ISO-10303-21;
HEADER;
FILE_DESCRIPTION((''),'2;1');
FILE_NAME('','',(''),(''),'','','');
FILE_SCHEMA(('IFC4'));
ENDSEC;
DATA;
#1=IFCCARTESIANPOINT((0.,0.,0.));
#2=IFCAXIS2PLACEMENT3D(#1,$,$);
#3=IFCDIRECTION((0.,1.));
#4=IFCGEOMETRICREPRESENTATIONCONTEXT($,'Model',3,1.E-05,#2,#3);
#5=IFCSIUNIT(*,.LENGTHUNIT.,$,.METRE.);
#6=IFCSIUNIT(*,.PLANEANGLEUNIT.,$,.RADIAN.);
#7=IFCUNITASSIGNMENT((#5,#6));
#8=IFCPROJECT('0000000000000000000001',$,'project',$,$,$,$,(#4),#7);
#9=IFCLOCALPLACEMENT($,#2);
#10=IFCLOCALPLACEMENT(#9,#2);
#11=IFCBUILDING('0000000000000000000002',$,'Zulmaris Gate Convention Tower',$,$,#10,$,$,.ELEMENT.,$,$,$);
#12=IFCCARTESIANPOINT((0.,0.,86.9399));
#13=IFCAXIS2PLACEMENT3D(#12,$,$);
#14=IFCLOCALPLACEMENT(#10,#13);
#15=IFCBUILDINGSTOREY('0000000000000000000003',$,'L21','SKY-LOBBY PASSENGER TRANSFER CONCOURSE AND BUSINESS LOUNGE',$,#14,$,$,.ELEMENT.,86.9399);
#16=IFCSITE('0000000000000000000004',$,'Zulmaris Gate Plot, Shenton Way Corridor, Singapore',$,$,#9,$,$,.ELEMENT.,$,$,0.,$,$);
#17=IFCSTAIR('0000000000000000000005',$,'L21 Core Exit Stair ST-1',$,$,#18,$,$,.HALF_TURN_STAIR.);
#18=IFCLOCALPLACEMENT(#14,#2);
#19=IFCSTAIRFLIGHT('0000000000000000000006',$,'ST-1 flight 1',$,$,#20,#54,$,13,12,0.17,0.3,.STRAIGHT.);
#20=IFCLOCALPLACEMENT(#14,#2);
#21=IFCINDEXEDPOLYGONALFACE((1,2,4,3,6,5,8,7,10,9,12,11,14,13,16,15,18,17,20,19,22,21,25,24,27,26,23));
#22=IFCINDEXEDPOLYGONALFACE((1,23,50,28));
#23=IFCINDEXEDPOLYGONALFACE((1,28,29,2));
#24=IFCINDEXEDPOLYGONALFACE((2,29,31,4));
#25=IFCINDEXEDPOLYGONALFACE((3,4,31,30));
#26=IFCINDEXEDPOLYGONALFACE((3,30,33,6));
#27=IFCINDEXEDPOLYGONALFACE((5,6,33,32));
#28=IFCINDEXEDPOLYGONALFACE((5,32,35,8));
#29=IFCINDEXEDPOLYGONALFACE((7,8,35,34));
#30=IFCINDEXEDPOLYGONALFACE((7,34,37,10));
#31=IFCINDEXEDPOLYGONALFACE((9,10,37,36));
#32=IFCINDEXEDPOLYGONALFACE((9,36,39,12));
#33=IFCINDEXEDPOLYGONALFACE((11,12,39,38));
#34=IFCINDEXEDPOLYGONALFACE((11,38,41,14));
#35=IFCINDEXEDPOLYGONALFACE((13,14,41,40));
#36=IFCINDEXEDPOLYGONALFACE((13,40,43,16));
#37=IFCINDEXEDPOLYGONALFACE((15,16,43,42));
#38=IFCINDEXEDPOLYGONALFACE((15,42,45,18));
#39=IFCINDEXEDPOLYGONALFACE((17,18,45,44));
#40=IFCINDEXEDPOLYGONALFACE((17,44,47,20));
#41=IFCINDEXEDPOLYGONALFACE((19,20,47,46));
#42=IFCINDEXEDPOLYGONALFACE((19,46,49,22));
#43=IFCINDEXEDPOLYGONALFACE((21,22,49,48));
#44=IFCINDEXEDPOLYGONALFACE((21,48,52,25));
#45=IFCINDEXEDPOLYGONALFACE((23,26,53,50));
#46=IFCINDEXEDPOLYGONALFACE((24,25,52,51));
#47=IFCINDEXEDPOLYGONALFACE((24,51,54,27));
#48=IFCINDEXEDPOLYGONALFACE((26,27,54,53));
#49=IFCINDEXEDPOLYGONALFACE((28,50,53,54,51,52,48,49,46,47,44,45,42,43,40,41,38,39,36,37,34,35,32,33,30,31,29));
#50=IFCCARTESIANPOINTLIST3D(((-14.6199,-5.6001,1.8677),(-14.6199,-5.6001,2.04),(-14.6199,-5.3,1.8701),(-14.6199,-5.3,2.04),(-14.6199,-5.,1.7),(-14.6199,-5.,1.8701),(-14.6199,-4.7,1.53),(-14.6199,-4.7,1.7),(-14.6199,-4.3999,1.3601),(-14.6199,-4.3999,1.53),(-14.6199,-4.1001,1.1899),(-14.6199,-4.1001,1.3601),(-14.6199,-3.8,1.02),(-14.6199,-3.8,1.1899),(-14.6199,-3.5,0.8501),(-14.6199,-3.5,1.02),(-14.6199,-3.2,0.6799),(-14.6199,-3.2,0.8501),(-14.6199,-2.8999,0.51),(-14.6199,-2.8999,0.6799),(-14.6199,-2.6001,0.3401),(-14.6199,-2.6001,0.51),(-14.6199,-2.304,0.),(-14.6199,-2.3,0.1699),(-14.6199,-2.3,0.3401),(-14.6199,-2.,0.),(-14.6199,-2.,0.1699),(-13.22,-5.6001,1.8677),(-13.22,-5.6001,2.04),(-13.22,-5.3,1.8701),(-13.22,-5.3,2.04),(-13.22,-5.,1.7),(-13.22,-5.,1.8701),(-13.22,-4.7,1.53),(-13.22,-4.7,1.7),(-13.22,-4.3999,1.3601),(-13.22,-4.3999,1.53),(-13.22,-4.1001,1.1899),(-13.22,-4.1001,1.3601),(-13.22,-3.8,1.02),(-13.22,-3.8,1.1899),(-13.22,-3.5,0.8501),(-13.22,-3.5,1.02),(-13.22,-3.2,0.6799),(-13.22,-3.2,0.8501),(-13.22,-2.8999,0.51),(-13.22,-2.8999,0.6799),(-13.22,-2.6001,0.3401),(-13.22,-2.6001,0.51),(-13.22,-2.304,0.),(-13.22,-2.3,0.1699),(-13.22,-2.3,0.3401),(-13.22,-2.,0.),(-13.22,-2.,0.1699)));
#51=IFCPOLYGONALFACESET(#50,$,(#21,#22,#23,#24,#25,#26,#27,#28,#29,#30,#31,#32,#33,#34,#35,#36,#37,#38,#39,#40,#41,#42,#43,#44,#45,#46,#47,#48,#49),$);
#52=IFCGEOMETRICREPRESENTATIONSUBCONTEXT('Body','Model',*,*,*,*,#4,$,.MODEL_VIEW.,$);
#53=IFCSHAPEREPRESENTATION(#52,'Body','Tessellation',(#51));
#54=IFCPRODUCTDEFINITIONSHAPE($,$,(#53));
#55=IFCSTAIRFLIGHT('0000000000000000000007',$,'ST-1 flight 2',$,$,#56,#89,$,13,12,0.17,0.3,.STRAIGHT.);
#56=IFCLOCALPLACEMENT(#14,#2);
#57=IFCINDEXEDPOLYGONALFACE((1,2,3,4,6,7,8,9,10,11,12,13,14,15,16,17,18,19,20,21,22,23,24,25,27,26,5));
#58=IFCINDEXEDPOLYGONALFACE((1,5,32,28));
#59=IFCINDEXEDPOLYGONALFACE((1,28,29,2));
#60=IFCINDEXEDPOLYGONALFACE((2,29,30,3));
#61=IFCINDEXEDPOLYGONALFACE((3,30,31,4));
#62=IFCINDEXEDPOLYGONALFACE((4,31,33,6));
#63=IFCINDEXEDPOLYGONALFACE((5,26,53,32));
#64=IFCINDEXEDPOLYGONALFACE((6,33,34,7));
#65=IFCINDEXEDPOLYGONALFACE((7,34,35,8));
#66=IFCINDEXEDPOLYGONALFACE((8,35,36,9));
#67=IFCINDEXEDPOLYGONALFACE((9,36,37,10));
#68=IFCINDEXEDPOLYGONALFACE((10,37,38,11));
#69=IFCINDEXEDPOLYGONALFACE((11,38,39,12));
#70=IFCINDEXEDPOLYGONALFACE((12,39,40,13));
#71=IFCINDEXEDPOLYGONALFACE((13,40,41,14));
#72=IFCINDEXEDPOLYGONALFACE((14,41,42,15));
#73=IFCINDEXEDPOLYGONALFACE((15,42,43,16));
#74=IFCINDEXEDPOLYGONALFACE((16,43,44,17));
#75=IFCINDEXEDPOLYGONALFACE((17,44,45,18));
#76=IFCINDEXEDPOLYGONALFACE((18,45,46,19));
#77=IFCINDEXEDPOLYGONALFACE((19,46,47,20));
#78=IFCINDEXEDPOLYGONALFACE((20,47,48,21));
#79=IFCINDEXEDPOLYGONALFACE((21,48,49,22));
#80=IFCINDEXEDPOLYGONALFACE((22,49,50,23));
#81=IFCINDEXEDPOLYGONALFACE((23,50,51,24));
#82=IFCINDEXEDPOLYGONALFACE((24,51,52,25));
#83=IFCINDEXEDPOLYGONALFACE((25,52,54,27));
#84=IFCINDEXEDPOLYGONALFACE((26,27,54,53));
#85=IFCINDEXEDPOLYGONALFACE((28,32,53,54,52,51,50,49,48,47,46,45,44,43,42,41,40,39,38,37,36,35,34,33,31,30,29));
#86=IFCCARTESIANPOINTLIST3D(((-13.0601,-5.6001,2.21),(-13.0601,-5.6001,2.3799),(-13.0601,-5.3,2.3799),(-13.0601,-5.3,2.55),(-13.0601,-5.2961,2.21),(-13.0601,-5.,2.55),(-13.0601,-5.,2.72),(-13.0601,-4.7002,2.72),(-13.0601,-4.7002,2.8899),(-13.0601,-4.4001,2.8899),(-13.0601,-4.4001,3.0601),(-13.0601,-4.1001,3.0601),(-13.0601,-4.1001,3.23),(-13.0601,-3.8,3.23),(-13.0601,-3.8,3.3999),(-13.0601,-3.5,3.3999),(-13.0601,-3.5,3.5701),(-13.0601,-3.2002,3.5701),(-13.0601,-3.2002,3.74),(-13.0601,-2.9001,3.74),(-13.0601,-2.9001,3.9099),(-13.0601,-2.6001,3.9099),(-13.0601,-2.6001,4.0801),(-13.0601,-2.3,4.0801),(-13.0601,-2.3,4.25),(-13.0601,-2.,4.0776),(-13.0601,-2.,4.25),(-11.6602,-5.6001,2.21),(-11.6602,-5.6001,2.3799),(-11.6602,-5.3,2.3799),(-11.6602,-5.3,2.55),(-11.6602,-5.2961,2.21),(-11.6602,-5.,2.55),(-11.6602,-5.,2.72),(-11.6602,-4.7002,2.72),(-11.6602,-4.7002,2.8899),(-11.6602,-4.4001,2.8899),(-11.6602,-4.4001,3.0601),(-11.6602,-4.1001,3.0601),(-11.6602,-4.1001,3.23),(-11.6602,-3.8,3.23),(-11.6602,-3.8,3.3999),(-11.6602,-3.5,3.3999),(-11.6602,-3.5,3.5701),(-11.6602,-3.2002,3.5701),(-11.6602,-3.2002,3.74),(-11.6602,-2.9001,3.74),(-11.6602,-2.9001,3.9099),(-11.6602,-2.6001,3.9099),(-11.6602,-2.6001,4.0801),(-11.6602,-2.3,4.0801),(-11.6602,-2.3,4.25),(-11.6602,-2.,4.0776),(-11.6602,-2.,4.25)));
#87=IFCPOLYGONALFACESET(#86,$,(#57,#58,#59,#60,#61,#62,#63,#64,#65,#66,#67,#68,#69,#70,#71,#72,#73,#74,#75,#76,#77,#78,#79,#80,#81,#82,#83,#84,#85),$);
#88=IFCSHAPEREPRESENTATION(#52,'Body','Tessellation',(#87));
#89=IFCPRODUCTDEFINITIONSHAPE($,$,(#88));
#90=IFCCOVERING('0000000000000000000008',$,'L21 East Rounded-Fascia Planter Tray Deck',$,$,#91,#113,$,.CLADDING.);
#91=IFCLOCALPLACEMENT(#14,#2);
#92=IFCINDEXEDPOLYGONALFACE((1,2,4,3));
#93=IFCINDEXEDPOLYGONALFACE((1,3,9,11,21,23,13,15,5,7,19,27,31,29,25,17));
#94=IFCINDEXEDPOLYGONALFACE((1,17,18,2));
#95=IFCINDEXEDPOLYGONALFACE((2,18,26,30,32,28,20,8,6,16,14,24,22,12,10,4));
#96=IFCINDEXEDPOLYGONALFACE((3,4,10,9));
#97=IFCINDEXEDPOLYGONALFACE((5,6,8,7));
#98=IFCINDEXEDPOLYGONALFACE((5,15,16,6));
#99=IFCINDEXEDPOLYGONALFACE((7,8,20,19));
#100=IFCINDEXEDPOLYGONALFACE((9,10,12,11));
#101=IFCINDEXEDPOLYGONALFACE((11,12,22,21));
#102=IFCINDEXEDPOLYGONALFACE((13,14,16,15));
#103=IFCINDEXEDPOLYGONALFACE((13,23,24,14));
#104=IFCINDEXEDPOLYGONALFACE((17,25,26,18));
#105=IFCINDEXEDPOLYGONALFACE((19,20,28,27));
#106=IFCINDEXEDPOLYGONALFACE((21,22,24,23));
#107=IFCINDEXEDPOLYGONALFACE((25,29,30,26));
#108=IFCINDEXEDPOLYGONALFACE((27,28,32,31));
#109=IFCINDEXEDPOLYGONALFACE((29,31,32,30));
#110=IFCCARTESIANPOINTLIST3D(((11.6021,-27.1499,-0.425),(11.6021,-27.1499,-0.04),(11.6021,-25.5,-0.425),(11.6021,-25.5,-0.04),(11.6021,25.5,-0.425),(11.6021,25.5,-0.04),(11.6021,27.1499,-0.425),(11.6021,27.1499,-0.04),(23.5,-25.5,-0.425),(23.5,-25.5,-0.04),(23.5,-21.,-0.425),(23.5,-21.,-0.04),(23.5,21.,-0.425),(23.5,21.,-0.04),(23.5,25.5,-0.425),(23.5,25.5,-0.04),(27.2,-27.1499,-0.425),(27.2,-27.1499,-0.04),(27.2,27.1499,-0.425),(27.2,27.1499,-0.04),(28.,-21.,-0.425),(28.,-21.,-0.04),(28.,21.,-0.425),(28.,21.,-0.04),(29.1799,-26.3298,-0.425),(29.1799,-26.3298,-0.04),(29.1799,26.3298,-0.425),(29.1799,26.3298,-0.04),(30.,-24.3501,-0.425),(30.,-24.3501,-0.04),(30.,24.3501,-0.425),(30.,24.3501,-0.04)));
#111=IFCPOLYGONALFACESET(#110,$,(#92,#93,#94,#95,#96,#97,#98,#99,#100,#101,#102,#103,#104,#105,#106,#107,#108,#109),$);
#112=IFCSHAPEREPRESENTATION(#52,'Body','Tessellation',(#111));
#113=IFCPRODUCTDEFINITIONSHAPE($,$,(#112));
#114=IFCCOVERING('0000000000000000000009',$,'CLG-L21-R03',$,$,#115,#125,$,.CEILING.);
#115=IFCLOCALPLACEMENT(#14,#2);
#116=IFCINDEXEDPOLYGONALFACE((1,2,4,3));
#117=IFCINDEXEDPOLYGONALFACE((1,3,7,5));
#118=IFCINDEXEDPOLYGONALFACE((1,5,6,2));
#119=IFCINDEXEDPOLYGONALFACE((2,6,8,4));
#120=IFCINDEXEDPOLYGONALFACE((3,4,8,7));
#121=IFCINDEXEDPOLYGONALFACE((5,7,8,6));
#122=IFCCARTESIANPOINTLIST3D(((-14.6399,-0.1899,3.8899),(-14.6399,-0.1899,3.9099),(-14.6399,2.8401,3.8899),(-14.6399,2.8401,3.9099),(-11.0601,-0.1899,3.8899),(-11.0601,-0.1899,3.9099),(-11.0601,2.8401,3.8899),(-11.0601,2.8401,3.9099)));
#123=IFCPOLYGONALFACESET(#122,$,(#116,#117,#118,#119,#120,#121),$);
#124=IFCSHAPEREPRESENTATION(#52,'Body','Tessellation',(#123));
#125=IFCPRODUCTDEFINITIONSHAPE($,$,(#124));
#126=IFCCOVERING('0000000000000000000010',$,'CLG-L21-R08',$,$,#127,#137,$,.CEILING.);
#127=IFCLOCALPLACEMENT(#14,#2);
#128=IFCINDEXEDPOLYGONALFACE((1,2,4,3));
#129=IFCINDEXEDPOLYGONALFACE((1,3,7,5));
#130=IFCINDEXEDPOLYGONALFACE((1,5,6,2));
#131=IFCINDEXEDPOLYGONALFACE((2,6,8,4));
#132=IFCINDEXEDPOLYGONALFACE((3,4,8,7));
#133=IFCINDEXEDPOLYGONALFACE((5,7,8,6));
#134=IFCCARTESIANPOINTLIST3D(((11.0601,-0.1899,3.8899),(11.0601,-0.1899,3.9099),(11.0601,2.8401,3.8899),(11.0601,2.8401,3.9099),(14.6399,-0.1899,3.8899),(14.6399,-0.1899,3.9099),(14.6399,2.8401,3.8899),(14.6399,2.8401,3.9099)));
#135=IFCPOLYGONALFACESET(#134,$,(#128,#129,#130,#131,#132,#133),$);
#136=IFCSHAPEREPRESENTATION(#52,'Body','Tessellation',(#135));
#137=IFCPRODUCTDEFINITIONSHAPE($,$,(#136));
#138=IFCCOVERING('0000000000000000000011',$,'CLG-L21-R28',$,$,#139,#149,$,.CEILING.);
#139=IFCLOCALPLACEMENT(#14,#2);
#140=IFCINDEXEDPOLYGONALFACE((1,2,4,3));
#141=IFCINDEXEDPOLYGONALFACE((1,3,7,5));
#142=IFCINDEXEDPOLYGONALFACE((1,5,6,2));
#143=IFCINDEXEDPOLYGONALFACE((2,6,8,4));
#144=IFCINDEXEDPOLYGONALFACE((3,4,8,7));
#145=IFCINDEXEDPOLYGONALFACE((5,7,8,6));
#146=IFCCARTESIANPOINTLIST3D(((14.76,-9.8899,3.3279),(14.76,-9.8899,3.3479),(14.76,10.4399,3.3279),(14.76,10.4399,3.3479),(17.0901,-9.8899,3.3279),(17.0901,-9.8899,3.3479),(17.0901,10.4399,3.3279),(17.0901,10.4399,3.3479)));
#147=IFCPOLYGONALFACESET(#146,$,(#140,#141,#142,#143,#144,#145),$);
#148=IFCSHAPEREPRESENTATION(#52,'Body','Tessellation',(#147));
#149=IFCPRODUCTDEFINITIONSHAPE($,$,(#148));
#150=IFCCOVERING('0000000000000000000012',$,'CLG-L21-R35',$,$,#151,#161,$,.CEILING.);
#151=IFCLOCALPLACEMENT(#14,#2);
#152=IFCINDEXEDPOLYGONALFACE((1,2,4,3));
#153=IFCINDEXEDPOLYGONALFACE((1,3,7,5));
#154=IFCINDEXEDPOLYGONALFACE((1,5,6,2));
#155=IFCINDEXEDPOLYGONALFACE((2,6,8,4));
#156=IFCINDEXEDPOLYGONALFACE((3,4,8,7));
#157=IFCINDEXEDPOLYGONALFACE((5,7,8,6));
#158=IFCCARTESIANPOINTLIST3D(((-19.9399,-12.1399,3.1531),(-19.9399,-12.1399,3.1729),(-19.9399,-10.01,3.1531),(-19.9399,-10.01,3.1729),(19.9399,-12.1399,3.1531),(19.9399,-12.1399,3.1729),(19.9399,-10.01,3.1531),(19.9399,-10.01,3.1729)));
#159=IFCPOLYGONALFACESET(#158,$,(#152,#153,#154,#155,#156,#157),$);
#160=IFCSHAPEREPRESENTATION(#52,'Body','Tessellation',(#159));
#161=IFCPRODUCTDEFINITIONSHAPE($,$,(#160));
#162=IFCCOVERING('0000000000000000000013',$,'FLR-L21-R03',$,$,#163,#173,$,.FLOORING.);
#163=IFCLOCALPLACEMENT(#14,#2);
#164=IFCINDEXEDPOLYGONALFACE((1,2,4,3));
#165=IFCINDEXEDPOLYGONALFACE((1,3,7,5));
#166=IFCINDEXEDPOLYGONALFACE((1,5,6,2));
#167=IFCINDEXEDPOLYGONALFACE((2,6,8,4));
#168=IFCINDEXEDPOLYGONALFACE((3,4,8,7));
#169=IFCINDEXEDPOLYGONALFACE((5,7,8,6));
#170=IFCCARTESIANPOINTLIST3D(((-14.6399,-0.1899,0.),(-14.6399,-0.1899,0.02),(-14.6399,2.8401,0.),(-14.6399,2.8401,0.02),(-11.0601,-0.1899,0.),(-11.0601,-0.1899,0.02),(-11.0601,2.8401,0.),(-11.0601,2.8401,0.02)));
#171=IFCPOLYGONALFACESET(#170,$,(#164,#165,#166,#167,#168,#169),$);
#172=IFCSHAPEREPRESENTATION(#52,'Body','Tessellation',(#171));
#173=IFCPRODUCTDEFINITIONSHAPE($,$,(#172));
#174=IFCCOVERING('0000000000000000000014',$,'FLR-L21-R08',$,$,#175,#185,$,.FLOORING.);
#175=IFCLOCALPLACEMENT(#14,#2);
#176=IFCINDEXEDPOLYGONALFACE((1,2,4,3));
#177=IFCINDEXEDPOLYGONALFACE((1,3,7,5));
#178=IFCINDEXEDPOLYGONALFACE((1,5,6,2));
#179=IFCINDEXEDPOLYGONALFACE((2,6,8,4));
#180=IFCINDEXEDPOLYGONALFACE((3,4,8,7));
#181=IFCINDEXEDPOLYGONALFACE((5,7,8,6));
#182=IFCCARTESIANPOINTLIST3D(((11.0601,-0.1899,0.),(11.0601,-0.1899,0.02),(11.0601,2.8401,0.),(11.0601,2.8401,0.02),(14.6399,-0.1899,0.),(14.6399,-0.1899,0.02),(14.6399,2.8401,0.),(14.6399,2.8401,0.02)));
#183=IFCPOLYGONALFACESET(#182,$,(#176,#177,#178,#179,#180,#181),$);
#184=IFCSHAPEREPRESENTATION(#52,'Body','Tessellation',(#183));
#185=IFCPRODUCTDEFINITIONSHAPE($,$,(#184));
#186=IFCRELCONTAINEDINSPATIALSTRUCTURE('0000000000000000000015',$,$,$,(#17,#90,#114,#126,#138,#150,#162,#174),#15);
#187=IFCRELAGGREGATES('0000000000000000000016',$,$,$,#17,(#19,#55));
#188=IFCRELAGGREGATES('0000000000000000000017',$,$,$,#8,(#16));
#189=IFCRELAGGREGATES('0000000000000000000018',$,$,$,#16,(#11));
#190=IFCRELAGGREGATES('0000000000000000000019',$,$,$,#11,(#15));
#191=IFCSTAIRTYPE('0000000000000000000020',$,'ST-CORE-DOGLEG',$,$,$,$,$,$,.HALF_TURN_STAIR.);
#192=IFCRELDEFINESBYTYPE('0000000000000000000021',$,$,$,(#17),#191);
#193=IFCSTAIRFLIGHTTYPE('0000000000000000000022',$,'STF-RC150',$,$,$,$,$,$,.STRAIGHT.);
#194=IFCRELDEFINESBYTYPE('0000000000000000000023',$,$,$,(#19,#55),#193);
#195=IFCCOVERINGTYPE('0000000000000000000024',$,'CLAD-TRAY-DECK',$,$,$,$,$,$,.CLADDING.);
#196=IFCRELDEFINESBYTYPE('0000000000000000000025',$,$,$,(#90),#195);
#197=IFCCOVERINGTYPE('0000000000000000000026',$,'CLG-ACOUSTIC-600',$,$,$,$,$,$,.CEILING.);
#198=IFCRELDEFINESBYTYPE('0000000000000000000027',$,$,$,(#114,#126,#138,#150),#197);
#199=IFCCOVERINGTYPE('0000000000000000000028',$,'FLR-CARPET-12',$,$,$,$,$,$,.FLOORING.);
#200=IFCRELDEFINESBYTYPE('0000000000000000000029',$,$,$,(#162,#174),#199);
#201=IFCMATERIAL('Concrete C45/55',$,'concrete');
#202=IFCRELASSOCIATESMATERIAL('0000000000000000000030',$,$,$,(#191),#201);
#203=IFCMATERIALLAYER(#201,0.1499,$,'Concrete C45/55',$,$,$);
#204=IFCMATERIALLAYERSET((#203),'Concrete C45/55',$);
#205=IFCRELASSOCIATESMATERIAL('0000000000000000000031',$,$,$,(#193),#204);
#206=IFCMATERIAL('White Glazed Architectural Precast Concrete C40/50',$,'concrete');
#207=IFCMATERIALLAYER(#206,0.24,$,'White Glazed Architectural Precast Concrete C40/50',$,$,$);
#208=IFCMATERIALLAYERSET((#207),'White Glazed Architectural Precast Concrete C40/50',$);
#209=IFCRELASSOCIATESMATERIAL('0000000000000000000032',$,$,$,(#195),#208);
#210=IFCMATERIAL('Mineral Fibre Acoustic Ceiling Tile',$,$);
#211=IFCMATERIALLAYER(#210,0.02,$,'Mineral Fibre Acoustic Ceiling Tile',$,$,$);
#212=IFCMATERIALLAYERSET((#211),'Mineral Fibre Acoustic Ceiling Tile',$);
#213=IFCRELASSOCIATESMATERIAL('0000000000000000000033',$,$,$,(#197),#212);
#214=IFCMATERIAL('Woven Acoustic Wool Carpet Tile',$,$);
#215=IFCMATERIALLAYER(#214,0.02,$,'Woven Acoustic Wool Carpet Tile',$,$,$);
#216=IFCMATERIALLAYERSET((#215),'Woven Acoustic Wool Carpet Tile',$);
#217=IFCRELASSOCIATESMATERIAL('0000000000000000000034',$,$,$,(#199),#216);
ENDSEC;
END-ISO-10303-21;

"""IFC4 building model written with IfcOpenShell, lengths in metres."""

from ifc_helpers import new_model, si_unit, direction, frame, origin, place, context, subcontext, project, spatial, polyline, outline, extrude, material, layer, layer_set, type_object, element, aggregate, save


model = new_model("IFC4")

# Units and contexts
model_context = context("Model", 3, precision=1e-05, world=origin(), true_north=direction((0.0, 1.0)))
body_context = subcontext(model_context, "Body", "Model", "MODEL_VIEW")
ifc_project = project(units=[si_unit("LENGTHUNIT", "METRE"), si_unit("PLANEANGLEUNIT", "RADIAN")], contexts=[model_context])

# Site, building, storey
site_placement = place(None, origin())
site = spatial("IfcSite", under=ifc_project, at=site_placement, Name="Zulmaris Gate Plot, Shenton Way Corridor, Singapore", CompositionType="ELEMENT", RefElevation=0.0)
building_placement = place(site_placement, origin())
building = spatial("IfcBuilding", under=site, at=building_placement, Name="Zulmaris Gate Convention Tower", CompositionType="ELEMENT")
storey_placement = place(building_placement, frame((0.0, 0.0, 86.9399)))
storey = spatial("IfcBuildingStorey", under=building, at=storey_placement, Name="L21", Description="SKY-LOBBY PASSENGER TRANSFER CONCOURSE AND BUSINESS LOUNGE", CompositionType="ELEMENT", Elevation=86.9399)

# Stair
ifc_material_1 = material(Name="Concrete C45/55", Category="concrete")
stair_type = type_object("IfcStairType", Name="ST-CORE-DOGLEG", PredefinedType="HALF_TURN_STAIR", material=ifc_material_1)
stair_1_placement = place(storey_placement, origin())
stair_1 = element("IfcStair", 1, at=stair_1_placement, inside=storey, type_object=stair_type, Name="L21 Core Exit Stair ST-1", PredefinedType="HALF_TURN_STAIR")

# Stair flights
ifc_layer_1 = layer(ifc_material_1, 0.1499, Name="Concrete C45/55")
ifc_layer_set_1 = layer_set([ifc_layer_1], Name="Concrete C45/55")
stair_flight_type = type_object("IfcStairFlightType", Name="STF-RC150", PredefinedType="STRAIGHT", material=ifc_layer_set_1)
stair_flight_1_placement = place(storey_placement, frame((-13.9199, -2.0, 0.0), z_axis=(0.0, 0.0, 1.0), x_axis=(0.0, -1.0, 0.0)))
stair_flight_1 = element("IfcStairFlight", 2, at=stair_flight_1_placement, type_object=stair_flight_type, Name="ST-1 flight 1", NumberOfRisers=13, NumberOfTreads=12, PredefinedType="STRAIGHT", RiserHeight=0.17, TreadLength=0.3, context=body_context, shape_type="SweptSolid", body=[
    extrude(outline(polyline([(0.0, 0.0), (0.0, 0.1699), (0.3, 0.1699), (0.3, 0.3401), (0.6001, 0.3401), (0.6001, 0.51), (0.8999, 0.51), (0.8999, 0.6799), (1.2, 0.6799), (1.2, 0.8501), (1.5, 0.8501), (1.5, 1.02), (1.8, 1.02), (1.8, 1.1899), (2.1001, 1.1899), (2.1001, 1.3601), (2.3999, 1.3601), (2.3999, 1.53), (2.7, 1.53), (2.7, 1.7), (3.0, 1.7), (3.0, 1.8701), (3.3, 1.8701), (3.3, 2.04), (3.6001, 2.04), (3.6001, 2.21), (3.6001, 1.8677), (0.304, 0.0), (0.0, 0.0)])), frame((0.0, 0.7, 0.0), z_axis=(0.0, -1.0, 0.0), x_axis=(1.0, 0.0, 0.0)), (0.0, 0.0, 1.0), 1.3999),
])
stair_flight_2_placement = place(storey_placement, frame((-12.3601, -5.6001, 2.21), z_axis=(0.0, 0.0, 1.0), x_axis=(0.0, 1.0, 0.0)))
stair_flight_2 = element("IfcStairFlight", 3, at=stair_flight_2_placement, type_object=stair_flight_type, Name="ST-1 flight 2", NumberOfRisers=13, NumberOfTreads=12, PredefinedType="STRAIGHT", RiserHeight=0.17, TreadLength=0.3, context=body_context, shape_type="SweptSolid", body=[
    extrude(outline(polyline([(0.0, 0.0), (0.0, 0.1699), (0.3, 0.1699), (0.3, 0.3401), (0.6001, 0.3401), (0.6001, 0.51), (0.8999, 0.51), (0.8999, 0.6799), (1.2, 0.6799), (1.2, 0.8501), (1.5, 0.8501), (1.5, 1.02), (1.8, 1.02), (1.8, 1.1899), (2.1001, 1.1899), (2.1001, 1.3601), (2.3999, 1.3601), (2.3999, 1.53), (2.7, 1.53), (2.7, 1.7), (3.0, 1.7), (3.0, 1.8701), (3.3, 1.8701), (3.3, 2.04), (3.6001, 2.04), (3.6001, 2.21), (3.6001, 1.8677), (0.304, 0.0), (0.0, 0.0)])), frame((0.0, 0.7, 0.0), z_axis=(0.0, -1.0, 0.0), x_axis=(1.0, 0.0, 0.0)), (0.0, 0.0, 1.0), 1.3999),
])
aggregate(stair_1, [stair_flight_1, stair_flight_2])

# Coverings
ifc_material_2 = material(Name="White Glazed Architectural Precast Concrete C40/50", Category="concrete")
ifc_layer_2 = layer(ifc_material_2, 0.24, Name="White Glazed Architectural Precast Concrete C40/50")
ifc_layer_set_2 = layer_set([ifc_layer_2], Name="White Glazed Architectural Precast Concrete C40/50")
covering_type_1 = type_object("IfcCoveringType", Name="CLAD-TRAY-DECK", PredefinedType="CLADDING", material=ifc_layer_set_2)
covering_1_placement = place(storey_placement, frame((0.0, 0.0, -0.425)))
element("IfcCovering", 4, at=covering_1_placement, inside=storey, type_object=covering_type_1, Name="L21 East Rounded-Fascia Planter Tray Deck", PredefinedType="CLADDING", context=body_context, shape_type="SweptSolid", body=[
    extrude(outline(polyline([(27.2, 27.1499), (29.1799, 26.3298), (30.0, 24.3501), (30.0, -24.3501), (29.1799, -26.3298), (27.2, -27.1499), (11.6021, -27.1499), (11.6021, -25.5), (23.5, -25.5), (23.5, -21.0), (28.0, -21.0), (28.0, 21.0), (23.5, 21.0), (23.5, 25.5), (11.6021, 25.5), (11.6021, 27.1499), (27.2, 27.1499)])), origin(), (0.0, 0.0, 1.0), 0.385),
])
ifc_material_3 = material(Name="Mineral Fibre Acoustic Ceiling Tile")
ifc_layer_3 = layer(ifc_material_3, 0.02, Name="Mineral Fibre Acoustic Ceiling Tile")
ifc_layer_set_3 = layer_set([ifc_layer_3], Name="Mineral Fibre Acoustic Ceiling Tile")
covering_type_2 = type_object("IfcCoveringType", Name="CLG-ACOUSTIC-600", PredefinedType="CEILING", material=ifc_layer_set_3)
covering_2_placement = place(storey_placement, frame((0.0, 0.0, 3.8899)))
element("IfcCovering", 5, at=covering_2_placement, inside=storey, type_object=covering_type_2, Name="CLG-L21-R03", PredefinedType="CEILING", context=body_context, shape_type="SweptSolid", body=[
    extrude(outline(polyline([(-14.6399, -0.1899), (-11.0601, -0.1899), (-11.0601, 2.8401), (-14.6399, 2.8401), (-14.6399, -0.1899)])), origin(), (0.0, 0.0, 1.0), 0.02),
])
covering_3_placement = place(storey_placement, frame((0.0, 0.0, 3.8899)))
element("IfcCovering", 6, at=covering_3_placement, inside=storey, type_object=covering_type_2, Name="CLG-L21-R08", PredefinedType="CEILING", context=body_context, shape_type="SweptSolid", body=[
    extrude(outline(polyline([(11.0601, -0.1899), (14.6399, -0.1899), (14.6399, 2.8401), (11.0601, 2.8401), (11.0601, -0.1899)])), origin(), (0.0, 0.0, 1.0), 0.02),
])
covering_4_placement = place(storey_placement, frame((0.0, 0.0, 3.3279)))
element("IfcCovering", 7, at=covering_4_placement, inside=storey, type_object=covering_type_2, Name="CLG-L21-R28", PredefinedType="CEILING", context=body_context, shape_type="SweptSolid", body=[
    extrude(outline(polyline([(14.76, -9.8899), (17.0901, -9.8899), (17.0901, 10.4399), (14.76, 10.4399), (14.76, -9.8899)])), origin(), (0.0, 0.0, 1.0), 0.02),
])
covering_5_placement = place(storey_placement, frame((0.0, 0.0, 3.1531)))
element("IfcCovering", 8, at=covering_5_placement, inside=storey, type_object=covering_type_2, Name="CLG-L21-R35", PredefinedType="CEILING", context=body_context, shape_type="SweptSolid", body=[
    extrude(outline(polyline([(-19.9399, -12.1399), (19.9399, -12.1399), (19.9399, -10.01), (-19.9399, -10.01), (-19.9399, -12.1399)])), origin(), (0.0, 0.0, 1.0), 0.0198),
])
ifc_material_4 = material(Name="Woven Acoustic Wool Carpet Tile")
ifc_layer_4 = layer(ifc_material_4, 0.02, Name="Woven Acoustic Wool Carpet Tile")
ifc_layer_set_4 = layer_set([ifc_layer_4], Name="Woven Acoustic Wool Carpet Tile")
covering_type_3 = type_object("IfcCoveringType", Name="FLR-CARPET-12", PredefinedType="FLOORING", material=ifc_layer_set_4)
covering_6_placement = place(storey_placement, origin())
element("IfcCovering", 9, at=covering_6_placement, inside=storey, type_object=covering_type_3, Name="FLR-L21-R03", PredefinedType="FLOORING", context=body_context, shape_type="SweptSolid", body=[
    extrude(outline(polyline([(-14.6399, -0.1899), (-11.0601, -0.1899), (-11.0601, 2.8401), (-14.6399, 2.8401), (-14.6399, -0.1899)])), origin(), (0.0, 0.0, 1.0), 0.02),
])
covering_7_placement = place(storey_placement, origin())
element("IfcCovering", 10, at=covering_7_placement, inside=storey, type_object=covering_type_3, Name="FLR-L21-R08", PredefinedType="FLOORING", context=body_context, shape_type="SweptSolid", body=[
    extrude(outline(polyline([(11.0601, -0.1899), (14.6399, -0.1899), (14.6399, 2.8401), (11.0601, 2.8401), (11.0601, -0.1899)])), origin(), (0.0, 0.0, 1.0), 0.02),
])

save(model, "model.ifc")
